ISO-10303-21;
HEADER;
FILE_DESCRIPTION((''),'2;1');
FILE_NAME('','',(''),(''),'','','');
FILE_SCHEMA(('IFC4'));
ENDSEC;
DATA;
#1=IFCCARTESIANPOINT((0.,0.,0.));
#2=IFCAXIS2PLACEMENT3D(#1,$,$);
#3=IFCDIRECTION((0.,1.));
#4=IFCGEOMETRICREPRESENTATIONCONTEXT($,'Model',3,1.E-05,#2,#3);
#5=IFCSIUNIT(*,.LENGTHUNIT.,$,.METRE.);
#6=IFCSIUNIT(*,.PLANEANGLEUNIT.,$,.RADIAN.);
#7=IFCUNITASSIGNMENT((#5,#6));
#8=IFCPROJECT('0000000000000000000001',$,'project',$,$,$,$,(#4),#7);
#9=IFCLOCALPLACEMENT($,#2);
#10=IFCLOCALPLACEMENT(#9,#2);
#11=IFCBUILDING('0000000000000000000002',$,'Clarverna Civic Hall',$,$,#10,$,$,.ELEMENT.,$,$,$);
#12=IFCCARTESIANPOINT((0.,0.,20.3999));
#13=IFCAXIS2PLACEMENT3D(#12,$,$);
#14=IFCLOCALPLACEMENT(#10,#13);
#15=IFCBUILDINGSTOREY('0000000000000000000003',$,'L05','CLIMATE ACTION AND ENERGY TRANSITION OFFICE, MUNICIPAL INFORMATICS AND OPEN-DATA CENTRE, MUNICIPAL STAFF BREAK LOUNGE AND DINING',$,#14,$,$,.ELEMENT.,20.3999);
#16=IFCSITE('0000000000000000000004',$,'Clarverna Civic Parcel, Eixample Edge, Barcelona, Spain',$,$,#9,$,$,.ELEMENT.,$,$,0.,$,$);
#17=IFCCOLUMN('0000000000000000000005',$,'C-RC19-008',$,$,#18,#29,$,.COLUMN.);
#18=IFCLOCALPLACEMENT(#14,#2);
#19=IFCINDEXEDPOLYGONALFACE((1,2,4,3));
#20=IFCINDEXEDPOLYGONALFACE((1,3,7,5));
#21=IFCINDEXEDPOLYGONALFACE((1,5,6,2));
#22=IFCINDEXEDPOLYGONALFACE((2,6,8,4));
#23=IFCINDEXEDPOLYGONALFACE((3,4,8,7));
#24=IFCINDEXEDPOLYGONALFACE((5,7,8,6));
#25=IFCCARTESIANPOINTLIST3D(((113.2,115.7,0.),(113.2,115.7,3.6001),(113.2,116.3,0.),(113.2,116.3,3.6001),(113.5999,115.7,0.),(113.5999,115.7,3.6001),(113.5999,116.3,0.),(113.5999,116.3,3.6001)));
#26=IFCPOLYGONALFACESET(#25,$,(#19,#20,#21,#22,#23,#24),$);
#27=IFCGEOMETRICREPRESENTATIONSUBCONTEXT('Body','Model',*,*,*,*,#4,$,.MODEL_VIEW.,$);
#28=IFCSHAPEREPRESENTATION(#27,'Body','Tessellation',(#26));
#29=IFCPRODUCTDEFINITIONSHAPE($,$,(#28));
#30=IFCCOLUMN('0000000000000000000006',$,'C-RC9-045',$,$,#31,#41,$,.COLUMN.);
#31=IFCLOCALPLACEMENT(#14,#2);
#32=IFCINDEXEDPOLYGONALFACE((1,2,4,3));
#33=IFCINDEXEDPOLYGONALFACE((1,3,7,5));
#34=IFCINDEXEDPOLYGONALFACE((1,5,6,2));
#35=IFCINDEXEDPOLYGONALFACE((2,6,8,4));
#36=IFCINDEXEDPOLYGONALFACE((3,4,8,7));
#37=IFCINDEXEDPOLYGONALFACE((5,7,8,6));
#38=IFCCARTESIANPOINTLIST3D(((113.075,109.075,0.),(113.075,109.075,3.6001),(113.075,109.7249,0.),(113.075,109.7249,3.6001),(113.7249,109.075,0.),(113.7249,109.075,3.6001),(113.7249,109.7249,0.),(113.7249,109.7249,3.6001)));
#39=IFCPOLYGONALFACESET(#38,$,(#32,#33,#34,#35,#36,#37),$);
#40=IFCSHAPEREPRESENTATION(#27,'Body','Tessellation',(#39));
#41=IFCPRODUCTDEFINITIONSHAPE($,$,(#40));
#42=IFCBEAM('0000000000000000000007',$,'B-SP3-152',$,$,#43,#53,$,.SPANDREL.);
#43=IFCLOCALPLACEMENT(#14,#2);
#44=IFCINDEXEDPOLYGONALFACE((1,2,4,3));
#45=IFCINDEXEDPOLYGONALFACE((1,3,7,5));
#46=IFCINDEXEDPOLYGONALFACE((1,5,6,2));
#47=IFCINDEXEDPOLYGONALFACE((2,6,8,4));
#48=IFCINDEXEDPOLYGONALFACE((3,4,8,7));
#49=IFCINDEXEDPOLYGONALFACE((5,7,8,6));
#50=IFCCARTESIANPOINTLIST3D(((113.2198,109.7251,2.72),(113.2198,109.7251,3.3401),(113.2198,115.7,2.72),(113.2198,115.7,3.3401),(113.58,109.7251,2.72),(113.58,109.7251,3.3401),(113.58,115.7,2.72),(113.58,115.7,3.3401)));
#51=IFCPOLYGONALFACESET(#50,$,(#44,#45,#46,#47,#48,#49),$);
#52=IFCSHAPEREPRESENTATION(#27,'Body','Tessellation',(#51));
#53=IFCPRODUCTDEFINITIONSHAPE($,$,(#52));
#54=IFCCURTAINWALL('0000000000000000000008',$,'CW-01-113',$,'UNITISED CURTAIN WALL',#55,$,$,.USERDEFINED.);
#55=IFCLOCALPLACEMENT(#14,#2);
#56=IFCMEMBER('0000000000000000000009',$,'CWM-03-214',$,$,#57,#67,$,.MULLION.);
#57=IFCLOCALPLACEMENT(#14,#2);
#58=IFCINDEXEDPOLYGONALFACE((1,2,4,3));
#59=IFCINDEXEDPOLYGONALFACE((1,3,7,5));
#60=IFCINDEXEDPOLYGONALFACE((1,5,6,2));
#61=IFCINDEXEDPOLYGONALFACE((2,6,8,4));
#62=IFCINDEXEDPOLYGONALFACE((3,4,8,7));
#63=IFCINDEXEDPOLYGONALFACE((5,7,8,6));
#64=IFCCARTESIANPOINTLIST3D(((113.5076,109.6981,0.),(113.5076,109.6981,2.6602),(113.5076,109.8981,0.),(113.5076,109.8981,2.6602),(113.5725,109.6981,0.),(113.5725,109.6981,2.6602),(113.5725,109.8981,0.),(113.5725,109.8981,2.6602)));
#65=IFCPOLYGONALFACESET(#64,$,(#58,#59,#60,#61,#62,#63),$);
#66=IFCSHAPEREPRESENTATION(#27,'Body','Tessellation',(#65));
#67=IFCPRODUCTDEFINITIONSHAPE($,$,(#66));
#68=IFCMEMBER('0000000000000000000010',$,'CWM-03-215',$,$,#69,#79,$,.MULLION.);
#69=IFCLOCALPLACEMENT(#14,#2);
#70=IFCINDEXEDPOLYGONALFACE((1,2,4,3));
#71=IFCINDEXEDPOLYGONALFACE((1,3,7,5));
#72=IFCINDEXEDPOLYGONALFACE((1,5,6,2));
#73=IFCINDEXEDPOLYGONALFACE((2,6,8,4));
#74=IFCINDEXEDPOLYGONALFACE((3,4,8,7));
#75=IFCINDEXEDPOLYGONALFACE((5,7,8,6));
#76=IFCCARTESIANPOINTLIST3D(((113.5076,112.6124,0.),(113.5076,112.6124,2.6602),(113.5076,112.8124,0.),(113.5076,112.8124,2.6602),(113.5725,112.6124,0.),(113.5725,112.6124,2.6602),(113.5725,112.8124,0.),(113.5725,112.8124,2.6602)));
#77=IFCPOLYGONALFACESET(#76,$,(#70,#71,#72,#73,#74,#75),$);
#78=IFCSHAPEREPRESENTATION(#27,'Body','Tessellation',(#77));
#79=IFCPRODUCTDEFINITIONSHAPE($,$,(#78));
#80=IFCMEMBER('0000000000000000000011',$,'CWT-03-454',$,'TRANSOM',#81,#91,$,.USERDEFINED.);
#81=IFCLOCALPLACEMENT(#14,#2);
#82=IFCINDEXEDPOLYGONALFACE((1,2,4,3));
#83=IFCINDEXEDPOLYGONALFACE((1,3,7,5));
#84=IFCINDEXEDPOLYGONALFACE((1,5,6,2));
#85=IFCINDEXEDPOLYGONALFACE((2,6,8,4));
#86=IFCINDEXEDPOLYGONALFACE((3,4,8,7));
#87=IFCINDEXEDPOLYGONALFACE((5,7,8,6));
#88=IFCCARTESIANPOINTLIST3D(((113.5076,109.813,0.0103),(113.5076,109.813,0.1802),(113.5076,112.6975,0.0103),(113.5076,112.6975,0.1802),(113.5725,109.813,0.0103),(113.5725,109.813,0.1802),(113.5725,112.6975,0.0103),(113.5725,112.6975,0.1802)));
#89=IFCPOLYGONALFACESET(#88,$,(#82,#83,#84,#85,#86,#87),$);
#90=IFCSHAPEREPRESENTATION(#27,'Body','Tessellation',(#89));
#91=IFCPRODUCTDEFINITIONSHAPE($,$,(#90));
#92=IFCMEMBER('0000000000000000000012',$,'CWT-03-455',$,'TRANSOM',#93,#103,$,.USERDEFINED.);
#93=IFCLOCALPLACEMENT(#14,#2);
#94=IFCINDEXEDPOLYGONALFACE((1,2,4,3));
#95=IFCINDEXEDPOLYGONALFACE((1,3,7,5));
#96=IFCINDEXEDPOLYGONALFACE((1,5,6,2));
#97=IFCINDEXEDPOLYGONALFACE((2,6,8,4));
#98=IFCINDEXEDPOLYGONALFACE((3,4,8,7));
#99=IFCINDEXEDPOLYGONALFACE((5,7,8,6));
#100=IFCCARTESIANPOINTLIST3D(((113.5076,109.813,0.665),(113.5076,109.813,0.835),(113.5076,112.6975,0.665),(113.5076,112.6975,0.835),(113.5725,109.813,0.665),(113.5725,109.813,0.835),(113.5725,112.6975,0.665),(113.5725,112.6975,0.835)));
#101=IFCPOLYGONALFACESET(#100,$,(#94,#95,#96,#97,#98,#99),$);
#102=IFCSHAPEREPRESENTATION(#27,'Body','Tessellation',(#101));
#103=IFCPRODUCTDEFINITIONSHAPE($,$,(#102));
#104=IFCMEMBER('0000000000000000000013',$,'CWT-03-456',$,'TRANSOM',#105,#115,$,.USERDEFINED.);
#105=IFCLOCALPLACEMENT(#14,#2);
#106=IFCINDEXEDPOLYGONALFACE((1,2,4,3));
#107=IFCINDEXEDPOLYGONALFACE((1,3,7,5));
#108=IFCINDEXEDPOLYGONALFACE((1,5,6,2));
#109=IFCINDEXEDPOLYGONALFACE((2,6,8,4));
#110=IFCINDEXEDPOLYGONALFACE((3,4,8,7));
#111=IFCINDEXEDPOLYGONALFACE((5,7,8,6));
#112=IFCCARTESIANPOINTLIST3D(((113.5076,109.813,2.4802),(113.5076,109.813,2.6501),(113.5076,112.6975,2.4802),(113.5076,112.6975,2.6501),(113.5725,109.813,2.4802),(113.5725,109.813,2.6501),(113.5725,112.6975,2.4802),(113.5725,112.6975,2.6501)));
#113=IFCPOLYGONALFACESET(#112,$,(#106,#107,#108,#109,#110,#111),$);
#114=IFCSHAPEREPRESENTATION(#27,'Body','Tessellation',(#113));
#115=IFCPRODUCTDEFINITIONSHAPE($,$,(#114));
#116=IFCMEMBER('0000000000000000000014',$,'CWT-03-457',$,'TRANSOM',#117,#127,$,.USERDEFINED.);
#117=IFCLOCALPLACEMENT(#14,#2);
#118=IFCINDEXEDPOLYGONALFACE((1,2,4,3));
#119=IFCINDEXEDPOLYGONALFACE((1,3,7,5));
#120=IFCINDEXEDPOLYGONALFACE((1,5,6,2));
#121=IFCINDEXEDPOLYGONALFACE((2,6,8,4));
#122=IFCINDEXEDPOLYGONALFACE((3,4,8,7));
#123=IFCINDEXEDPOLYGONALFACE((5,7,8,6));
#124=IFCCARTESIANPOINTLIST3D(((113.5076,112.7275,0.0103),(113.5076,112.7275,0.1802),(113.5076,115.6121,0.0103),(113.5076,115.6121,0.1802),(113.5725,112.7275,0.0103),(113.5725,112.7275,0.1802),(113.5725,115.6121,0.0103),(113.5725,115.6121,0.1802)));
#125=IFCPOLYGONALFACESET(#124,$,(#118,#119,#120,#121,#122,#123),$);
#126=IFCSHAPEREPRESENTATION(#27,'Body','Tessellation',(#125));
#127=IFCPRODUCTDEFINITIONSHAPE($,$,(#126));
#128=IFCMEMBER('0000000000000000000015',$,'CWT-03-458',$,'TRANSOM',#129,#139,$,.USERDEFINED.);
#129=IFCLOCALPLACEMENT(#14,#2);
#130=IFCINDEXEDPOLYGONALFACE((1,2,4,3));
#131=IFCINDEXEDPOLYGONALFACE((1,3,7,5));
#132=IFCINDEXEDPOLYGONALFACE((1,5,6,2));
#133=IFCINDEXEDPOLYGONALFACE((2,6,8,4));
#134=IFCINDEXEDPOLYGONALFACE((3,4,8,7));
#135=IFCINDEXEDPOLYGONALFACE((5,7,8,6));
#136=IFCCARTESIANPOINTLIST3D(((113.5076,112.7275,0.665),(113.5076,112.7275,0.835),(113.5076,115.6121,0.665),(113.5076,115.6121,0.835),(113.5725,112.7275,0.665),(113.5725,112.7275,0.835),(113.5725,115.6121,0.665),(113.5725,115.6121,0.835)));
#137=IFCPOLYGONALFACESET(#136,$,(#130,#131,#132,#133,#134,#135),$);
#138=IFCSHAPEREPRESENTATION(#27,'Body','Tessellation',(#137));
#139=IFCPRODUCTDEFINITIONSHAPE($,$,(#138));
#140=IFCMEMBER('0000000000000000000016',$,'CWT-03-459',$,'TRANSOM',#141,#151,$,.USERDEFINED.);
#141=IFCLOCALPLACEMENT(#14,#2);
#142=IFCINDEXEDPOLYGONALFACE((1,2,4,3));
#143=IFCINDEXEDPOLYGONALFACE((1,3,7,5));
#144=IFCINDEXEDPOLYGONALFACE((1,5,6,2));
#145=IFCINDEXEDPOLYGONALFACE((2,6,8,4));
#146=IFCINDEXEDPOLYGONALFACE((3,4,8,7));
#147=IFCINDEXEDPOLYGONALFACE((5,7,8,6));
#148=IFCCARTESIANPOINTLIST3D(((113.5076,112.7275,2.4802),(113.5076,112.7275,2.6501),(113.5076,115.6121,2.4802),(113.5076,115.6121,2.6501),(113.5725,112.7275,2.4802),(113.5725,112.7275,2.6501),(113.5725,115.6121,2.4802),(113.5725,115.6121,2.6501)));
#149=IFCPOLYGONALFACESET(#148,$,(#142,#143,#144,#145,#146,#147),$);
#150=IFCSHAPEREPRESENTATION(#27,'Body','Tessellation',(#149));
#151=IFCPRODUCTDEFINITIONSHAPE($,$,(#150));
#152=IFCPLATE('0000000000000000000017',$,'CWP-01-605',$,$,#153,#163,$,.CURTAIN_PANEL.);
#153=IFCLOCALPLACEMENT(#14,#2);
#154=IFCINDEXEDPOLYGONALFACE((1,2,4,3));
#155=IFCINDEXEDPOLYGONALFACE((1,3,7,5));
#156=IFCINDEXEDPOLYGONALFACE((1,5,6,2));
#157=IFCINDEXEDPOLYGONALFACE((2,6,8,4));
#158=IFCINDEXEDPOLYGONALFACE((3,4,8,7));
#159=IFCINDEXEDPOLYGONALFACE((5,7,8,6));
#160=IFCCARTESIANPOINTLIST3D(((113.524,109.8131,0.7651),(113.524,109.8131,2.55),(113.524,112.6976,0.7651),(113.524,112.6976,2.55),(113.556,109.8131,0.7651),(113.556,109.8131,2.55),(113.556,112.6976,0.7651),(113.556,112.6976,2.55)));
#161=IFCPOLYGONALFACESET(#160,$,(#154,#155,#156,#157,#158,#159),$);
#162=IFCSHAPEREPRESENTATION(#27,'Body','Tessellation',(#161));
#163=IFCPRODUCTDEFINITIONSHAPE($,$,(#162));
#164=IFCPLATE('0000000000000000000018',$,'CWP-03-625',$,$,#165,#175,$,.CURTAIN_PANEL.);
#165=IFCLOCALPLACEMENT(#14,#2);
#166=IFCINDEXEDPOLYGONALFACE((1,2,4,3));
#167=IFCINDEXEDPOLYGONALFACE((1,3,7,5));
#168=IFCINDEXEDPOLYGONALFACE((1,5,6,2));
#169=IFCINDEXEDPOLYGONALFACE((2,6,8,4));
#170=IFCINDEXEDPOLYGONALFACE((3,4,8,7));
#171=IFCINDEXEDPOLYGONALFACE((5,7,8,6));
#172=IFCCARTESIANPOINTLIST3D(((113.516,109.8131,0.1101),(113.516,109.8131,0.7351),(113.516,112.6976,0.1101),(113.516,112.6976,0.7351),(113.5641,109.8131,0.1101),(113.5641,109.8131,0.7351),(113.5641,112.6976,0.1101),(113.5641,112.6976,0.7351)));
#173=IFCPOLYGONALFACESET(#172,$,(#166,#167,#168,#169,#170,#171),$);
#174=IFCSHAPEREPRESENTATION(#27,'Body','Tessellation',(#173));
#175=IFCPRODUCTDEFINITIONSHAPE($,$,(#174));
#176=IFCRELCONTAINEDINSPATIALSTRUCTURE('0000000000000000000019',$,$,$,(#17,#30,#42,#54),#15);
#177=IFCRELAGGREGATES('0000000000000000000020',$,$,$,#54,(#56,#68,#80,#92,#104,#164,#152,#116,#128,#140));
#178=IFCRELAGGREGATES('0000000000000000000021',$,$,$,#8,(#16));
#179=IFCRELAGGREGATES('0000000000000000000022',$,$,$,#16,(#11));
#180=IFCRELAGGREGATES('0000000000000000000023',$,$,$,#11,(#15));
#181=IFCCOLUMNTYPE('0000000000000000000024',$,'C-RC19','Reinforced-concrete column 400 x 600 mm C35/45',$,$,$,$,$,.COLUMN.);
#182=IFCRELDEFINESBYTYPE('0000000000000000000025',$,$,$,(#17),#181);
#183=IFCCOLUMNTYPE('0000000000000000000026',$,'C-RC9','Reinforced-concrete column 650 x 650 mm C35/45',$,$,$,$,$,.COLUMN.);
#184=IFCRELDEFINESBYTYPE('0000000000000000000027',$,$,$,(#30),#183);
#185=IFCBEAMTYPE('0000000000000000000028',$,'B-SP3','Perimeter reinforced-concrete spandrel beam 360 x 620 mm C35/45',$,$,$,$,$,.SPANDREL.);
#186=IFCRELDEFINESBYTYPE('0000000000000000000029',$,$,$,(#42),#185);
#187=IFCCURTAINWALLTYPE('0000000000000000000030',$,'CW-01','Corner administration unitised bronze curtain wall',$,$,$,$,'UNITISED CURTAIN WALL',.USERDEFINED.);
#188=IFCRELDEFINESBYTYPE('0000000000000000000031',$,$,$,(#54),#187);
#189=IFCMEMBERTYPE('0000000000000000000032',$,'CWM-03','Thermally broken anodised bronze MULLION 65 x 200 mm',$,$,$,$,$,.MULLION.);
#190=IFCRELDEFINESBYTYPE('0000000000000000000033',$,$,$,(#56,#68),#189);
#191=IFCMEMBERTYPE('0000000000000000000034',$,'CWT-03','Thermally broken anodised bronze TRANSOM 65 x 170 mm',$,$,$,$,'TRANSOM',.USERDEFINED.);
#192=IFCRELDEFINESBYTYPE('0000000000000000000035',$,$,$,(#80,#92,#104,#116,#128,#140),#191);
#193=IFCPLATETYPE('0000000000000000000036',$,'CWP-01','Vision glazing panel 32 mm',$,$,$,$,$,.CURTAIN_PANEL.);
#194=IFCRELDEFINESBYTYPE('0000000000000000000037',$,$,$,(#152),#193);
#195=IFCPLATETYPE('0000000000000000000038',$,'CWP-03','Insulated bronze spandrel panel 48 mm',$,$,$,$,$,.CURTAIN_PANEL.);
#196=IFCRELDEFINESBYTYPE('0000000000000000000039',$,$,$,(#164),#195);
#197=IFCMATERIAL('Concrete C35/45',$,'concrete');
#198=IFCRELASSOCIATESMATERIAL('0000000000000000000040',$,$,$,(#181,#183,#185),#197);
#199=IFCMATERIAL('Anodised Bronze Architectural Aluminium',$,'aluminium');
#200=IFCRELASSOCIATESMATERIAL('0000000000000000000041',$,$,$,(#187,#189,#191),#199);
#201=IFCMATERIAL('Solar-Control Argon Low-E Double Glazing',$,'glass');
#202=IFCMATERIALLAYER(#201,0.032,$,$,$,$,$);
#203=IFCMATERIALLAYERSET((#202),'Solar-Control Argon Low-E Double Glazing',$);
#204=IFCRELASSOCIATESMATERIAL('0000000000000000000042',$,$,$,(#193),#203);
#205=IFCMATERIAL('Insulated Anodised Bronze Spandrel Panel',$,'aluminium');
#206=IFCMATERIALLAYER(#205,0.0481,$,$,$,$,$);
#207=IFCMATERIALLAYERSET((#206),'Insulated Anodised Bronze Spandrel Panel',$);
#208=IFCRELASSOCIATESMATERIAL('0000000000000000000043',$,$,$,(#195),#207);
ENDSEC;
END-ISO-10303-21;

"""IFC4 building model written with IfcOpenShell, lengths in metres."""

from ifc_helpers import new_model, si_unit, direction, frame, frame_2d, origin, origin_2d, place, context, subcontext, project, spatial, rectangle, extrude, material, layer, layer_set, material_profile, profile_set, type_object, element, aggregate, save


model = new_model("IFC4")

# Units and contexts
model_context = context("Model", 3, precision=1e-05, world=origin(), true_north=direction((0.0, 1.0)))
body_context = subcontext(model_context, "Body", "Model", "MODEL_VIEW")
ifc_project = project(units=[si_unit("LENGTHUNIT", "METRE"), si_unit("PLANEANGLEUNIT", "RADIAN")], contexts=[model_context])

# Site, building, storey
site_placement = place(None, origin())
site = spatial("IfcSite", under=ifc_project, at=site_placement, Name="Clarverna Civic Parcel, Eixample Edge, Barcelona, Spain", CompositionType="ELEMENT", RefElevation=0.0)
building_placement = place(site_placement, origin())
building = spatial("IfcBuilding", under=site, at=building_placement, Name="Clarverna Civic Hall", CompositionType="ELEMENT")
storey_placement = place(building_placement, frame((0.0, 0.0, 20.3999)))
storey = spatial("IfcBuildingStorey", under=building, at=storey_placement, Name="L05", Description="CLIMATE ACTION AND ENERGY TRANSITION OFFICE, MUNICIPAL INFORMATICS AND OPEN-DATA CENTRE, MUNICIPAL STAFF BREAK LOUNGE AND DINING", CompositionType="ELEMENT", Elevation=20.3999)

# Columns
ifc_material_1 = material(Name="Concrete C35/45", Category="concrete")
ifc_material_profile_1 = material_profile(ifc_material_1, rectangle(XDim=0.3999, YDim=0.6001, at=origin_2d()), Name="RC 400x600")
ifc_profile_set_1 = profile_set([ifc_material_profile_1], Name="Concrete C35/45")
column_type_1 = type_object("IfcColumnType", Name="C-RC19", Description="Reinforced-concrete column 400 x 600 mm C35/45", PredefinedType="COLUMN", material=ifc_profile_set_1)
column_1_placement = place(storey_placement, frame((113.3999, 116.0, 0.0), z_axis=(0.0, 0.0, 1.0), x_axis=(1.0, 0.0, 0.0)))
element("IfcColumn", 1, at=column_1_placement, inside=storey, type_object=column_type_1, Name="C-RC19-008", PredefinedType="COLUMN", context=body_context, shape_type="SweptSolid", body=[
    extrude(rectangle(XDim=0.3999, YDim=0.6001, at=origin_2d()), origin(), (0.0, 0.0, 1.0), 3.6001),
])
ifc_material_profile_2 = material_profile(ifc_material_1, rectangle(XDim=0.6499, YDim=0.6499, at=origin_2d()), Name="RC 650x650")
ifc_profile_set_2 = profile_set([ifc_material_profile_2], Name="Concrete C35/45")
column_type_2 = type_object("IfcColumnType", Name="C-RC9", Description="Reinforced-concrete column 650 x 650 mm C35/45", PredefinedType="COLUMN", material=ifc_profile_set_2)
column_2_placement = place(storey_placement, frame((113.3999, 109.3999, 0.0), z_axis=(0.0, 0.0, 1.0), x_axis=(1.0, 0.0, 0.0)))
element("IfcColumn", 2, at=column_2_placement, inside=storey, type_object=column_type_2, Name="C-RC9-045", PredefinedType="COLUMN", context=body_context, shape_type="SweptSolid", body=[
    extrude(rectangle(XDim=0.6499, YDim=0.6499, at=origin_2d()), origin(), (0.0, 0.0, 1.0), 3.6001),
])

# Beam
ifc_material_profile_3 = material_profile(ifc_material_1, rectangle(XDim=0.3601, YDim=0.6201, at=origin_2d()), Name="RC 360x620")
ifc_profile_set_3 = profile_set([ifc_material_profile_3], Name="Concrete C35/45")
beam_type = type_object("IfcBeamType", Name="B-SP3", Description="Perimeter reinforced-concrete spandrel beam 360 x 620 mm C35/45", PredefinedType="SPANDREL", material=ifc_profile_set_3)
beam_placement = place(storey_placement, frame((113.3999, 109.7251, 3.03), z_axis=(0.0, 1.0, 0.0), x_axis=(-1.0, 0.0, 0.0)))
element("IfcBeam", 3, at=beam_placement, inside=storey, type_object=beam_type, Name="B-SP3-152", PredefinedType="SPANDREL", context=body_context, shape_type="SweptSolid", body=[
    extrude(rectangle(XDim=0.3601, YDim=0.6201, at=origin_2d()), origin(), (0.0, 0.0, 1.0), 5.9749),
])

# Curtain wall, members, plates
ifc_material_2 = material(Name="Anodised Bronze Architectural Aluminium", Category="aluminium")
curtain_wall_type = type_object("IfcCurtainWallType", Name="CW-01", Description="Corner administration unitised bronze curtain wall", ElementType="UNITISED CURTAIN WALL", PredefinedType="USERDEFINED", material=ifc_material_2)
curtain_wall_placement = place(storey_placement, origin())
curtain_wall = element("IfcCurtainWall", 4, at=curtain_wall_placement, inside=storey, type_object=curtain_wall_type, Name="CW-01-113", ObjectType="UNITISED CURTAIN WALL", PredefinedType="USERDEFINED")
ifc_material_profile_4 = material_profile(ifc_material_2, rectangle(XDim=0.0649, YDim=0.2, at=origin_2d()), Name="BRONZE 65x200")
ifc_profile_set_4 = profile_set([ifc_material_profile_4], Name="Anodised Bronze Architectural Aluminium")
member_type_1 = type_object("IfcMemberType", Name="CWM-03", Description="Thermally broken anodised bronze MULLION 65 x 200 mm", PredefinedType="MULLION", material=ifc_profile_set_4)
member_1_placement = place(storey_placement, frame((113.54, 109.7981, 0.0), z_axis=(0.0, 0.0, 1.0), x_axis=(1.0, 0.0, 0.0)))
member_1 = element("IfcMember", 5, at=member_1_placement, type_object=member_type_1, Name="CWM-03-214", PredefinedType="MULLION", context=body_context, shape_type="SweptSolid", body=[
    extrude(rectangle(XDim=0.0649, YDim=0.2, at=origin_2d()), origin(), (0.0, 0.0, 1.0), 2.6602),
])
member_2_placement = place(storey_placement, frame((113.54, 112.7124, 0.0), z_axis=(0.0, 0.0, 1.0), x_axis=(1.0, 0.0, 0.0)))
member_2 = element("IfcMember", 6, at=member_2_placement, type_object=member_type_1, Name="CWM-03-215", PredefinedType="MULLION", context=body_context, shape_type="SweptSolid", body=[
    extrude(rectangle(XDim=0.0649, YDim=0.2, at=origin_2d()), origin(), (0.0, 0.0, 1.0), 2.6602),
])
ifc_material_profile_5 = material_profile(ifc_material_2, rectangle(XDim=0.0649, YDim=0.1699, at=origin_2d()), Name="BRONZE 65x170")
ifc_profile_set_5 = profile_set([ifc_material_profile_5], Name="Anodised Bronze Architectural Aluminium")
member_type_2 = type_object("IfcMemberType", Name="CWT-03", Description="Thermally broken anodised bronze TRANSOM 65 x 170 mm", ElementType="TRANSOM", PredefinedType="USERDEFINED", material=ifc_profile_set_5)
member_3_placement = place(storey_placement, frame((113.54, 109.813, 0.0952), z_axis=(0.0, 1.0, 0.0), x_axis=(-1.0, 0.0, 0.0)))
member_3 = element("IfcMember", 7, at=member_3_placement, type_object=member_type_2, Name="CWT-03-454", ObjectType="TRANSOM", PredefinedType="USERDEFINED", context=body_context, shape_type="SweptSolid", body=[
    extrude(rectangle(XDim=0.0649, YDim=0.1699, at=origin_2d()), origin(), (0.0, 0.0, 1.0), 2.8845),
])
member_4_placement = place(storey_placement, frame((113.54, 109.813, 0.75), z_axis=(0.0, 1.0, 0.0), x_axis=(-1.0, 0.0, 0.0)))
member_4 = element("IfcMember", 8, at=member_4_placement, type_object=member_type_2, Name="CWT-03-455", ObjectType="TRANSOM", PredefinedType="USERDEFINED", context=body_context, shape_type="SweptSolid", body=[
    extrude(rectangle(XDim=0.0649, YDim=0.1699, at=origin_2d()), origin(), (0.0, 0.0, 1.0), 2.8845),
])
member_5_placement = place(storey_placement, frame((113.54, 109.813, 2.5652), z_axis=(0.0, 1.0, 0.0), x_axis=(-1.0, 0.0, 0.0)))
member_5 = element("IfcMember", 9, at=member_5_placement, type_object=member_type_2, Name="CWT-03-456", ObjectType="TRANSOM", PredefinedType="USERDEFINED", context=body_context, shape_type="SweptSolid", body=[
    extrude(rectangle(XDim=0.0649, YDim=0.1699, at=origin_2d()), origin(), (0.0, 0.0, 1.0), 2.8845),
])
member_6_placement = place(storey_placement, frame((113.54, 112.7275, 0.0952), z_axis=(0.0, 1.0, 0.0), x_axis=(-1.0, 0.0, 0.0)))
member_6 = element("IfcMember", 10, at=member_6_placement, type_object=member_type_2, Name="CWT-03-457", ObjectType="TRANSOM", PredefinedType="USERDEFINED", context=body_context, shape_type="SweptSolid", body=[
    extrude(rectangle(XDim=0.0649, YDim=0.1699, at=origin_2d()), origin(), (0.0, 0.0, 1.0), 2.8845),
])
member_7_placement = place(storey_placement, frame((113.54, 112.7275, 0.75), z_axis=(0.0, 1.0, 0.0), x_axis=(-1.0, 0.0, 0.0)))
member_7 = element("IfcMember", 11, at=member_7_placement, type_object=member_type_2, Name="CWT-03-458", ObjectType="TRANSOM", PredefinedType="USERDEFINED", context=body_context, shape_type="SweptSolid", body=[
    extrude(rectangle(XDim=0.0649, YDim=0.1699, at=origin_2d()), origin(), (0.0, 0.0, 1.0), 2.8845),
])
member_8_placement = place(storey_placement, frame((113.54, 112.7275, 2.5652), z_axis=(0.0, 1.0, 0.0), x_axis=(-1.0, 0.0, 0.0)))
member_8 = element("IfcMember", 12, at=member_8_placement, type_object=member_type_2, Name="CWT-03-459", ObjectType="TRANSOM", PredefinedType="USERDEFINED", context=body_context, shape_type="SweptSolid", body=[
    extrude(rectangle(XDim=0.0649, YDim=0.1699, at=origin_2d()), origin(), (0.0, 0.0, 1.0), 2.8845),
])
ifc_material_3 = material(Name="Solar-Control Argon Low-E Double Glazing", Category="glass")
ifc_layer_1 = layer(ifc_material_3, 0.032)
ifc_layer_set_1 = layer_set([ifc_layer_1], Name="Solar-Control Argon Low-E Double Glazing")
plate_type_1 = type_object("IfcPlateType", Name="CWP-01", Description="Vision glazing panel 32 mm", PredefinedType="CURTAIN_PANEL", material=ifc_layer_set_1)
plate_1_placement = place(storey_placement, frame((113.54, 109.813, 0.7651), z_axis=(0.0, 0.0, 1.0), x_axis=(0.0, 1.0, 0.0)))
plate_1 = element("IfcPlate", 13, at=plate_1_placement, type_object=plate_type_1, Name="CWP-01-605", PredefinedType="CURTAIN_PANEL", context=body_context, shape_type="SweptSolid", body=[
    extrude(rectangle(XDim=2.8845, YDim=0.032, at=frame_2d((1.4424, 0.0))), origin(), (0.0, 0.0, 1.0), 1.7849),
])
ifc_material_4 = material(Name="Insulated Anodised Bronze Spandrel Panel", Category="aluminium")
ifc_layer_2 = layer(ifc_material_4, 0.0481)
ifc_layer_set_2 = layer_set([ifc_layer_2], Name="Insulated Anodised Bronze Spandrel Panel")
plate_type_2 = type_object("IfcPlateType", Name="CWP-03", Description="Insulated bronze spandrel panel 48 mm", PredefinedType="CURTAIN_PANEL", material=ifc_layer_set_2)
plate_2_placement = place(storey_placement, frame((113.54, 109.813, 0.1101), z_axis=(0.0, 0.0, 1.0), x_axis=(0.0, 1.0, 0.0)))
plate_2 = element("IfcPlate", 14, at=plate_2_placement, type_object=plate_type_2, Name="CWP-03-625", PredefinedType="CURTAIN_PANEL", context=body_context, shape_type="SweptSolid", body=[
    extrude(rectangle(XDim=2.8845, YDim=0.0481, at=frame_2d((1.4424, 0.0))), origin(), (0.0, 0.0, 1.0), 0.625),
])
aggregate(curtain_wall, [member_1, member_2, member_3, member_4, member_5, plate_2, plate_1, member_6, member_7, member_8])

save(model, "model.ifc")
